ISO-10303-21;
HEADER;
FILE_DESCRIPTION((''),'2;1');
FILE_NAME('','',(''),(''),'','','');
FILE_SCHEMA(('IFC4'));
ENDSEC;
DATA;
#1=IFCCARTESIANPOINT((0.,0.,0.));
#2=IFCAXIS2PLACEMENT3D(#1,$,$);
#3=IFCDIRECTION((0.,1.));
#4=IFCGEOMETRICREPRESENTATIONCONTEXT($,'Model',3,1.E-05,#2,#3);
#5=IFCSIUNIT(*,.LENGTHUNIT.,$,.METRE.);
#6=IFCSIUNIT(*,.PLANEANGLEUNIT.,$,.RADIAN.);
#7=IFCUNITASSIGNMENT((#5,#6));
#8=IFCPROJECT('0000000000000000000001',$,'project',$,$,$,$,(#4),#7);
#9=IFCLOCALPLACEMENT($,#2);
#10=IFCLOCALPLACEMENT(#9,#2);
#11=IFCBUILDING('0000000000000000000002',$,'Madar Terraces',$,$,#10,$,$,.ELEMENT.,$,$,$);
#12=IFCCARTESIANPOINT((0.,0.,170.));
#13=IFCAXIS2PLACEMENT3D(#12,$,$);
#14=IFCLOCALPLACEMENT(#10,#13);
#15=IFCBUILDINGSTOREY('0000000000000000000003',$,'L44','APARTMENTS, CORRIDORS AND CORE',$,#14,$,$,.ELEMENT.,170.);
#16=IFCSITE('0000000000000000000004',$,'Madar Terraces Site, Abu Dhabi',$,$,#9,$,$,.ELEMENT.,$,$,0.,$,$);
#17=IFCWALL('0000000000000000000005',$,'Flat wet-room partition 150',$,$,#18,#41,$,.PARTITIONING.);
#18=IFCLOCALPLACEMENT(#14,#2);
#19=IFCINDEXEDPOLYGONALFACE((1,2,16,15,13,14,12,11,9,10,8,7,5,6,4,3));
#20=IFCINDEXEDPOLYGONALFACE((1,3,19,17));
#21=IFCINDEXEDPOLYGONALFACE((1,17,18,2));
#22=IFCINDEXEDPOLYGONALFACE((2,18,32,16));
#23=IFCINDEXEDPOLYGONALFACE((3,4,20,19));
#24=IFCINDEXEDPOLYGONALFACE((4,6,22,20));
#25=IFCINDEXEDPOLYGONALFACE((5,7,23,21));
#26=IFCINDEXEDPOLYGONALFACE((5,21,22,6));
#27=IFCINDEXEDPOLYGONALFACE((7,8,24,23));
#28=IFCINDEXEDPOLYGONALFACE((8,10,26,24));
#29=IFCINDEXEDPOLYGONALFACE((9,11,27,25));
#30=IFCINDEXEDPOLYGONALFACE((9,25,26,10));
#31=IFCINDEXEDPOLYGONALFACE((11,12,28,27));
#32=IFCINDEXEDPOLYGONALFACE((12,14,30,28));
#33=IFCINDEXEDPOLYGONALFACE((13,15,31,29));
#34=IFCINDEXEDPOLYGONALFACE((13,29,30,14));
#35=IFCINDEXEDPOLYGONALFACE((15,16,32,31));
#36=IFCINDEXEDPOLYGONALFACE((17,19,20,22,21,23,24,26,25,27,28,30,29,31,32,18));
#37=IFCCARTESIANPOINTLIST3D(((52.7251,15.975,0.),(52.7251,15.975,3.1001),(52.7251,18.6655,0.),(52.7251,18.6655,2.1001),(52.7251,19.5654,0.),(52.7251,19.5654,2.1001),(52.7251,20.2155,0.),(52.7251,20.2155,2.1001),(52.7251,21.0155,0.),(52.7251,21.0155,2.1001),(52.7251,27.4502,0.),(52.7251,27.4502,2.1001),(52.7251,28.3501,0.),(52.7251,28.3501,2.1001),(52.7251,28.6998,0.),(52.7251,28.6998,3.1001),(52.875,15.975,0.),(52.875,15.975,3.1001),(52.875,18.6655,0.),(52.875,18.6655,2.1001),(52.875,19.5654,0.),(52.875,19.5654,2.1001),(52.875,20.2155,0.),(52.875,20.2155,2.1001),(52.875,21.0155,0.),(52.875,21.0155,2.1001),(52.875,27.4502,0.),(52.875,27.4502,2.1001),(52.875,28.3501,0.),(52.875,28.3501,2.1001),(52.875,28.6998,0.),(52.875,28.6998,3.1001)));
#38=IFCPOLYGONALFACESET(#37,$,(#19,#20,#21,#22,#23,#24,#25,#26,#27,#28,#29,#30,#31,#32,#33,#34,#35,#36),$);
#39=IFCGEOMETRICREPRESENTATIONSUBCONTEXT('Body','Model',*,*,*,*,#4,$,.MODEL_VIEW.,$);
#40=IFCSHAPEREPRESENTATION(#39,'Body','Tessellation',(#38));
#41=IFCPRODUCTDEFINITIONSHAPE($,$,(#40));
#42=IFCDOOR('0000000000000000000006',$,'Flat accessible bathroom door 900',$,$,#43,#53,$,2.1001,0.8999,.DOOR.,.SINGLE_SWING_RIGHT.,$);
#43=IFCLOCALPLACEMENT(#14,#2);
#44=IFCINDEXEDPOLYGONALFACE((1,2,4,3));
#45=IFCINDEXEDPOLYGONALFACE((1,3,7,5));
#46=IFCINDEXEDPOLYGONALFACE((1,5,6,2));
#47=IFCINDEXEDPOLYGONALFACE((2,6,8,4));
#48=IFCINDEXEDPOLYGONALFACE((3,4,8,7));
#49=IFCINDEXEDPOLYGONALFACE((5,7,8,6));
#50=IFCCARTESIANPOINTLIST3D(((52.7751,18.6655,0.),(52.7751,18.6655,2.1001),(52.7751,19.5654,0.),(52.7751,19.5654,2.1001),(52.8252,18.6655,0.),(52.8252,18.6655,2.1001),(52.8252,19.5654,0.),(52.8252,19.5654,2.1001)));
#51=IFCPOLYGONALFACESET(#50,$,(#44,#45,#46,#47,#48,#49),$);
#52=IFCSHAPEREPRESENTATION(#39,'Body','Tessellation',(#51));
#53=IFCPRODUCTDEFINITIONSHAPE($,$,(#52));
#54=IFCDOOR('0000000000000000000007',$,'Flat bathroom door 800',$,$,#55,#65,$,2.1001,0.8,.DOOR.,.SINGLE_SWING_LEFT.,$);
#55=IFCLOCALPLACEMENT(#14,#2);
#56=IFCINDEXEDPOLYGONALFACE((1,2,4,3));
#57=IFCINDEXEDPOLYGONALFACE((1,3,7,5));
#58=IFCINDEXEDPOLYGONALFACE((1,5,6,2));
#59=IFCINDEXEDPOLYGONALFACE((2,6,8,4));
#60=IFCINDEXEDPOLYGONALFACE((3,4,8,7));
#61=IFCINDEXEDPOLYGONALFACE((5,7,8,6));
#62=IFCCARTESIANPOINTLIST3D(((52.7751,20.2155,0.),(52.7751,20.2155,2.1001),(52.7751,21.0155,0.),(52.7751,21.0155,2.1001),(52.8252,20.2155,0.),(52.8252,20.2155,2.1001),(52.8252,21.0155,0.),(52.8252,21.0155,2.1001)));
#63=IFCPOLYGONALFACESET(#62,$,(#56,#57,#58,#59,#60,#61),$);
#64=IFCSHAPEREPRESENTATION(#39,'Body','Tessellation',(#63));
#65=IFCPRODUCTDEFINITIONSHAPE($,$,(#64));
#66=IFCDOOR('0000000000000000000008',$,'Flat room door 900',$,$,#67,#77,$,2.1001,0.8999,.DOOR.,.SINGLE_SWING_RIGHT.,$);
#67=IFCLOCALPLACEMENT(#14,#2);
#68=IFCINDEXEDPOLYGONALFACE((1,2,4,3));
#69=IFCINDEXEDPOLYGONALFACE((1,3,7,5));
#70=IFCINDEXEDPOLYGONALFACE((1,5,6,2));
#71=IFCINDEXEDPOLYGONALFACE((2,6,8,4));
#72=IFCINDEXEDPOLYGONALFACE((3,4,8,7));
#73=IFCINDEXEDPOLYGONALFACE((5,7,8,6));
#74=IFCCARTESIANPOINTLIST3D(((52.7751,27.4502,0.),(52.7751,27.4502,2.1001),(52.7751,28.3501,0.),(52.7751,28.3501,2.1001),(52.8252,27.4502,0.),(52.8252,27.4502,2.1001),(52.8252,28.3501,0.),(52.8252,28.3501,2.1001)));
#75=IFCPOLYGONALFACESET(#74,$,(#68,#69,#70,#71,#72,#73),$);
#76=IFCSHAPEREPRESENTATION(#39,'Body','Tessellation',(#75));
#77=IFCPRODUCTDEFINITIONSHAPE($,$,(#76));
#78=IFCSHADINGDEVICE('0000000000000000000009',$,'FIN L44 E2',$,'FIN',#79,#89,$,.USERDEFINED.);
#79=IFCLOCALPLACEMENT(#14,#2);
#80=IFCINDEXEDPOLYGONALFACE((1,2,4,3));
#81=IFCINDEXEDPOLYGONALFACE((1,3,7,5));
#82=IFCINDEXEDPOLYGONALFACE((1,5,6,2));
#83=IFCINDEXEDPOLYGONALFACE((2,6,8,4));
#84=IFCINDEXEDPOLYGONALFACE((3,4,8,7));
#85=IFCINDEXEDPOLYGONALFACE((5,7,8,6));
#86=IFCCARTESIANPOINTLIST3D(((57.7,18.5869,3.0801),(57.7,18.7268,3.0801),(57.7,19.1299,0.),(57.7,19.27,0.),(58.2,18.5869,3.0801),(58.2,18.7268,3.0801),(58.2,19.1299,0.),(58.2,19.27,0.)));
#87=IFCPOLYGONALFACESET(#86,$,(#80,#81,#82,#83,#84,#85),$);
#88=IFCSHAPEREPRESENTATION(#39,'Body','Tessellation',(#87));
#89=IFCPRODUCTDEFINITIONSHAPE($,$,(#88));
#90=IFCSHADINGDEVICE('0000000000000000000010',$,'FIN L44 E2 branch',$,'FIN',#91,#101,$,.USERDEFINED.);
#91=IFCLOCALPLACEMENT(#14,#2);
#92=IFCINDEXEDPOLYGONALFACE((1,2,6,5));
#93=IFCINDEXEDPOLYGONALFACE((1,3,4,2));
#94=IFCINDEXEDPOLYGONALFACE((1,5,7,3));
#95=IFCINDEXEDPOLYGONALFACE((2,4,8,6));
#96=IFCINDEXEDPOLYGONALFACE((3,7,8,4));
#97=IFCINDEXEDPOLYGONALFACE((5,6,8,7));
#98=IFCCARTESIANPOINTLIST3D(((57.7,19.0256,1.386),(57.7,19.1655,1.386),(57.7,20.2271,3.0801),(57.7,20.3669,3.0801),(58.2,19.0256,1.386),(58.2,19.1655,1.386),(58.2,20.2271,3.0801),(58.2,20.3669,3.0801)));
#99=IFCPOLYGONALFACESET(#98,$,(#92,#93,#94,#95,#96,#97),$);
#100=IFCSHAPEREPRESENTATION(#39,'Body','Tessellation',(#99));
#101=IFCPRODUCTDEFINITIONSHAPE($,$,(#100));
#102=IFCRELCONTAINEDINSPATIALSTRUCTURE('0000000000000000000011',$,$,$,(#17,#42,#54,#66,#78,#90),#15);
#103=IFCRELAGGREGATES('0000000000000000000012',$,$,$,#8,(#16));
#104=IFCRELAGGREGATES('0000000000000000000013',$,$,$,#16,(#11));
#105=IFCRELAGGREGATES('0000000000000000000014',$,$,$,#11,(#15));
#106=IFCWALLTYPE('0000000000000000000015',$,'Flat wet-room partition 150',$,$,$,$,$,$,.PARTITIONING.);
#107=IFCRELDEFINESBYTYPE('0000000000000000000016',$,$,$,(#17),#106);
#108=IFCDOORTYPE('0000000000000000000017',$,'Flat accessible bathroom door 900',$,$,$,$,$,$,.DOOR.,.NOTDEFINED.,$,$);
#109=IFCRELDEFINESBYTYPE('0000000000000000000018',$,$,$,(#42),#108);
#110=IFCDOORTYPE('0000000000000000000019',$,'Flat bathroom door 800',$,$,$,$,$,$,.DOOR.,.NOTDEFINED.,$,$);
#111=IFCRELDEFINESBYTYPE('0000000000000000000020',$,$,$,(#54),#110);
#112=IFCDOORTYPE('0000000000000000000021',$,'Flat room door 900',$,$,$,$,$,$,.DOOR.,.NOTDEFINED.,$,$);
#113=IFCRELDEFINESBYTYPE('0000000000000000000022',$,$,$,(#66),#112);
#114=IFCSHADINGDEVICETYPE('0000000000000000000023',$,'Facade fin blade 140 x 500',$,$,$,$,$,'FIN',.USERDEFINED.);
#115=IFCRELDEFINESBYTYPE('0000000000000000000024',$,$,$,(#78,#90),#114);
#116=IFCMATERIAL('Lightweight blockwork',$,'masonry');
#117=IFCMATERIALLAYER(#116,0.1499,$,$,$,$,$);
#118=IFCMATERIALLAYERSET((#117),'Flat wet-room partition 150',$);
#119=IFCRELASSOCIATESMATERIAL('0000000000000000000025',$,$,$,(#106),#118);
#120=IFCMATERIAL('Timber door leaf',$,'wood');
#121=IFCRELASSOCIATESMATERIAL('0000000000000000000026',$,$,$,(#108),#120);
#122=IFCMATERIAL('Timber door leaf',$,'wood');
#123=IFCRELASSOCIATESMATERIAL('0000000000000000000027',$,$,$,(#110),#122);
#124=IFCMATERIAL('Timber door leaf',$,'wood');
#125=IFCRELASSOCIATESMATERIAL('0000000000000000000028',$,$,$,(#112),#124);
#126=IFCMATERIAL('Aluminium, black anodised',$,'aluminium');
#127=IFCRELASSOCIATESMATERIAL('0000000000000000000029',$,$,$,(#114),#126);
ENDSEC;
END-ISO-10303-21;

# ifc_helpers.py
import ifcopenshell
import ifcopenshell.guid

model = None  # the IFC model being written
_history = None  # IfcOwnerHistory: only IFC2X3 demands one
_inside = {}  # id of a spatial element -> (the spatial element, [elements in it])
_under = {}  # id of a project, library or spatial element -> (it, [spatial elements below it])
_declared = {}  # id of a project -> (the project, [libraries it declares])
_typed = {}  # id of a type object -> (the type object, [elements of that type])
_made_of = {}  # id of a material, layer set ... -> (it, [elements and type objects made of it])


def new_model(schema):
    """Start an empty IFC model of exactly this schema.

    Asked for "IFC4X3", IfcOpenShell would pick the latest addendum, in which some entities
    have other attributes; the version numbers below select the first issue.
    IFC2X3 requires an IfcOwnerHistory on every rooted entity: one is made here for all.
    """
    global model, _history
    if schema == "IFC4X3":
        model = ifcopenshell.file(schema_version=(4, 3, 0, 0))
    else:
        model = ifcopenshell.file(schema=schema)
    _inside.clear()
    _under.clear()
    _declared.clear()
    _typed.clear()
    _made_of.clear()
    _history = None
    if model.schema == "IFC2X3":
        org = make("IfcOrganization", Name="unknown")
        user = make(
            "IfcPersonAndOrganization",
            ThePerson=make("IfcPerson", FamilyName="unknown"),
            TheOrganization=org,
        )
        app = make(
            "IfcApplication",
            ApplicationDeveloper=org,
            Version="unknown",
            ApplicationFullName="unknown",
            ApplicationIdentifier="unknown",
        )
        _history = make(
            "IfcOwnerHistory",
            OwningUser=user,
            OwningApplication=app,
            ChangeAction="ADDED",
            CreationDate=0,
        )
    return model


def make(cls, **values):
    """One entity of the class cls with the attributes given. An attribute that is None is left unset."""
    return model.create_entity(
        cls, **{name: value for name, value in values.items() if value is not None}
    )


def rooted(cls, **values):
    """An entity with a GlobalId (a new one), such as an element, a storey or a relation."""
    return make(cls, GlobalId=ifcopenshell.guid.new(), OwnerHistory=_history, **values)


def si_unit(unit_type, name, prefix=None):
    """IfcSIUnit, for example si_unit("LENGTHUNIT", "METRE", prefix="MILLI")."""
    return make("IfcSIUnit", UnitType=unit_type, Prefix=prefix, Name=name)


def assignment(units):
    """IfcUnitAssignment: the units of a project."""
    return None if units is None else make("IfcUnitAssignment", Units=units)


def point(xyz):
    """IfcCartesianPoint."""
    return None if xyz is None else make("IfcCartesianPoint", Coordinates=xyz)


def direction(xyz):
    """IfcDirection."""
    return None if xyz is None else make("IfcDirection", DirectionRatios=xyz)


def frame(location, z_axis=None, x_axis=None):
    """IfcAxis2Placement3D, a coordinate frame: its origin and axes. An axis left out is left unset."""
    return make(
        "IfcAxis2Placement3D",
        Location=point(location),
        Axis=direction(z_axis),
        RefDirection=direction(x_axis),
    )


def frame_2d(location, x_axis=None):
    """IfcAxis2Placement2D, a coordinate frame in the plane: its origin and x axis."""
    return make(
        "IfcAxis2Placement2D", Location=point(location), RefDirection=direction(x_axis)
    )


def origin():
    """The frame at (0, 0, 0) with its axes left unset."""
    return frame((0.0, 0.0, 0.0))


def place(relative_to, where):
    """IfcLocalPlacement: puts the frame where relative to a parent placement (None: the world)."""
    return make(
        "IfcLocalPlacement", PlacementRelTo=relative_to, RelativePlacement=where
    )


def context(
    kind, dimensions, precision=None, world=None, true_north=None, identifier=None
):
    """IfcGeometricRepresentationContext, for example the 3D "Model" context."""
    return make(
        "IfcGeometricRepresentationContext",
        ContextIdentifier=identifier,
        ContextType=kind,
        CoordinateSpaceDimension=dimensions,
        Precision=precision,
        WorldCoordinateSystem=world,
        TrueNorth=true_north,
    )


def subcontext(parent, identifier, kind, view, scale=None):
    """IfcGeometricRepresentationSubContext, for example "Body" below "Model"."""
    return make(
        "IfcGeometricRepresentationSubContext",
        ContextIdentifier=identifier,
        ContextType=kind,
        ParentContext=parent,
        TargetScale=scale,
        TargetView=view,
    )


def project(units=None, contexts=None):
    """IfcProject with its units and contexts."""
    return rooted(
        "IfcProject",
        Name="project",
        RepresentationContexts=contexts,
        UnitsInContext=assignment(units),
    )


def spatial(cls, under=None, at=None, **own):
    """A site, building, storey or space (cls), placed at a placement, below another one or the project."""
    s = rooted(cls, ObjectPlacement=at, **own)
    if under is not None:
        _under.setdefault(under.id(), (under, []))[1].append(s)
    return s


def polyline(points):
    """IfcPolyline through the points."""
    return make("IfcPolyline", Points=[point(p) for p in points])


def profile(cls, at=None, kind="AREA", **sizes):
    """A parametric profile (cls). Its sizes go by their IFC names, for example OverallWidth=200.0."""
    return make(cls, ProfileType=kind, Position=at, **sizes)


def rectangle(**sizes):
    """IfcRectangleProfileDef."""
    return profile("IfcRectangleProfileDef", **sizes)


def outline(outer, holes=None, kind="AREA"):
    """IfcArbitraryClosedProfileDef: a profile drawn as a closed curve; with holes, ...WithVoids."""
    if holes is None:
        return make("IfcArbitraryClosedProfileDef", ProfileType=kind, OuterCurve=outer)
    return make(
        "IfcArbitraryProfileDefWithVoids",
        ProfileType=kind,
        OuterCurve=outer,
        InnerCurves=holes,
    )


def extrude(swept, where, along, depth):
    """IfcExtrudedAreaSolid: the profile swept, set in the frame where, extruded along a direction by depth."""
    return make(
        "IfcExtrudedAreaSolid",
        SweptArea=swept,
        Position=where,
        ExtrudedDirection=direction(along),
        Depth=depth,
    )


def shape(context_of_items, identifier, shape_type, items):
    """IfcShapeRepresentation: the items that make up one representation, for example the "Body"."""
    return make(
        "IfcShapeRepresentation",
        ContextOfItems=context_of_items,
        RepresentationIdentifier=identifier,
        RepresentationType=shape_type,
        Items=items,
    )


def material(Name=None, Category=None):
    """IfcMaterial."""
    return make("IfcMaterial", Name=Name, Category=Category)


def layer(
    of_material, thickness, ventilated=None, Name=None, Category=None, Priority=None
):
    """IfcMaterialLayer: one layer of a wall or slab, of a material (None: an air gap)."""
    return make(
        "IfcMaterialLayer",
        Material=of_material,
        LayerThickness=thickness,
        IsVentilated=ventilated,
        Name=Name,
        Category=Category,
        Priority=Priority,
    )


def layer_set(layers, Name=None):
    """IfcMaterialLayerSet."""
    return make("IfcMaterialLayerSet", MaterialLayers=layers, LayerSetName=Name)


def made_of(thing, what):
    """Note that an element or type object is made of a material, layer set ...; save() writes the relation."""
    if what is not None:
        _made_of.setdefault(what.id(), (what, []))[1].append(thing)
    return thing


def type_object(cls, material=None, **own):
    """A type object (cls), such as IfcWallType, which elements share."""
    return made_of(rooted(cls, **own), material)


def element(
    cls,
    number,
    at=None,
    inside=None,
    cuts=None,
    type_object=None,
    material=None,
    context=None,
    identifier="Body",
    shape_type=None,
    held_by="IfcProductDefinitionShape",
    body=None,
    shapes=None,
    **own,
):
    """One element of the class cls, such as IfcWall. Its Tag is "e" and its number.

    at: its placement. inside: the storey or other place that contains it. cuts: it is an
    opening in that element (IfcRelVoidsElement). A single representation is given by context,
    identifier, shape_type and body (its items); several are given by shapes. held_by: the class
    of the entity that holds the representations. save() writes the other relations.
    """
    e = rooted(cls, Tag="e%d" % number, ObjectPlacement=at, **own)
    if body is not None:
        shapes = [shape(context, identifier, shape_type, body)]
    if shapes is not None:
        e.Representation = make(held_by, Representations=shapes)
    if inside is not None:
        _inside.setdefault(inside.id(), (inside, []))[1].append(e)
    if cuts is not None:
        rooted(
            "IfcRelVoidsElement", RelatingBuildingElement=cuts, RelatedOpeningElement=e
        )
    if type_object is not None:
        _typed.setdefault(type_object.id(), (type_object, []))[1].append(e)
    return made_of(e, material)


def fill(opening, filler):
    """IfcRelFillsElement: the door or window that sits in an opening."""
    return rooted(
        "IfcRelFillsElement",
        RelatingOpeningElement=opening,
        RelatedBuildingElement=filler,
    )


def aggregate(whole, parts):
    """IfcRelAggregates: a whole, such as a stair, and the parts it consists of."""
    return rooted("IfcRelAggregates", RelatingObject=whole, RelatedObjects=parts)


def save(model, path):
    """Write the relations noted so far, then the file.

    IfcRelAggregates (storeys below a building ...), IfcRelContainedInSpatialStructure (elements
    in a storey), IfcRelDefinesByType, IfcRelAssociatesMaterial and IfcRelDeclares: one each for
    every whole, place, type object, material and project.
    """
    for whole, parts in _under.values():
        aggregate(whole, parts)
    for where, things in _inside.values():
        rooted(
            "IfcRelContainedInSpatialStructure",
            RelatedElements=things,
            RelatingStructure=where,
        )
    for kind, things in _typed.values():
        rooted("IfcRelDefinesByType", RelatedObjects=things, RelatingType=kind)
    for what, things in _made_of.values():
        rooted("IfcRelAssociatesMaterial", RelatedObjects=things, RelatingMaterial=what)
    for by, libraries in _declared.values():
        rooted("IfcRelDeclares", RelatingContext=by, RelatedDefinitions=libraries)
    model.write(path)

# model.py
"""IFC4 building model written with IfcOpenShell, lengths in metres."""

from ifc_helpers import new_model, si_unit, direction, frame, frame_2d, origin, place, context, subcontext, project, spatial, polyline, rectangle, outline, extrude, material, layer, layer_set, type_object, element, fill, save


model = new_model("IFC4")

# Units and contexts
model_context = context("Model", 3, precision=1e-05, world=origin(), true_north=direction((0.0, 1.0)))
body_context = subcontext(model_context, "Body", "Model", "MODEL_VIEW")
ifc_project = project(units=[si_unit("LENGTHUNIT", "METRE"), si_unit("PLANEANGLEUNIT", "RADIAN")], contexts=[model_context])

# Site, building, storey
site_placement = place(None, origin())
site = spatial("IfcSite", under=ifc_project, at=site_placement, Name="Madar Terraces Site, Abu Dhabi", CompositionType="ELEMENT", RefElevation=0.0)
building_placement = place(site_placement, origin())
building = spatial("IfcBuilding", under=site, at=building_placement, Name="Madar Terraces", CompositionType="ELEMENT")
storey_placement = place(building_placement, frame((0.0, 0.0, 170.0)))
storey = spatial("IfcBuildingStorey", under=building, at=storey_placement, Name="L44", Description="APARTMENTS, CORRIDORS AND CORE", CompositionType="ELEMENT", Elevation=170.0)

# Shared definitions
ifc_material_1 = material(Name="Lightweight blockwork", Category="masonry")
ifc_layer_1 = layer(ifc_material_1, 0.1499)
ifc_layer_set_1 = layer_set([ifc_layer_1], Name="Flat wet-room partition 150")
wall_type_1 = type_object("IfcWallType", Name="Flat wet-room partition 150", PredefinedType="PARTITIONING", material=ifc_layer_set_1)

# Wall, openings, doors
wall_1_placement = place(storey_placement, frame((52.8, 15.9751, 0.0), z_axis=(0.0, 0.0, 1.0), x_axis=(0.0, 1.0, 0.0)))
wall_1 = element("IfcWall", 1, at=wall_1_placement, inside=storey, type_object=wall_type_1, Name="Flat wet-room partition 150", PredefinedType="PARTITIONING", context=body_context, shape_type="SweptSolid", body=[
    extrude(rectangle(XDim=12.7249, YDim=0.1499, at=frame_2d((6.3623, 0.0))), origin(), (0.0, 0.0, 1.0), 3.1001),
])
opening_1_placement = place(wall_1_placement, frame((2.6904, 0.0, 0.0)))
opening_1 = element("IfcOpeningElement", 2, at=opening_1_placement, cuts=wall_1, PredefinedType="OPENING", context=body_context, shape_type="SweptSolid", body=[
    extrude(rectangle(XDim=0.8999, YDim=2.1001, at=frame_2d((0.45, 1.05))), frame((0.0, 0.085, 0.0), z_axis=(0.0, -1.0, 0.0), x_axis=(1.0, 0.0, 0.0)), (0.0, 0.0, 1.0), 0.1699),
])
opening_2_placement = place(wall_1_placement, frame((4.2405, 0.0, 0.0)))
opening_2 = element("IfcOpeningElement", 3, at=opening_2_placement, cuts=wall_1, PredefinedType="OPENING", context=body_context, shape_type="SweptSolid", body=[
    extrude(rectangle(XDim=0.8, YDim=2.1001, at=frame_2d((0.3999, 1.05))), frame((0.0, 0.085, 0.0), z_axis=(0.0, -1.0, 0.0), x_axis=(1.0, 0.0, 0.0)), (0.0, 0.0, 1.0), 0.1699),
])
opening_3_placement = place(wall_1_placement, frame((11.4751, 0.0, 0.0)))
opening_3 = element("IfcOpeningElement", 4, at=opening_3_placement, cuts=wall_1, PredefinedType="OPENING", context=body_context, shape_type="SweptSolid", body=[
    extrude(rectangle(XDim=0.8999, YDim=2.1001, at=frame_2d((0.45, 1.05))), frame((0.0, 0.085, 0.0), z_axis=(0.0, -1.0, 0.0), x_axis=(1.0, 0.0, 0.0)), (0.0, 0.0, 1.0), 0.1699),
])
ifc_material_2 = material(Name="Timber door leaf", Category="wood")
door_type_1 = type_object("IfcDoorType", Name="Flat accessible bathroom door 900", OperationType="NOTDEFINED", PredefinedType="DOOR", material=ifc_material_2)
door_1_placement = place(opening_1_placement, origin())
door_1 = element("IfcDoor", 5, at=door_1_placement, inside=storey, type_object=door_type_1, Name="Flat accessible bathroom door 900", OperationType="SINGLE_SWING_RIGHT", OverallHeight=2.1001, OverallWidth=0.8999, PredefinedType="DOOR", context=body_context, shape_type="SweptSolid", body=[
    extrude(rectangle(XDim=0.8999, YDim=2.1001, at=frame_2d((0.45, 1.05))), frame((0.0, 0.0249, 0.0), z_axis=(0.0, -1.0, 0.0), x_axis=(1.0, 0.0, 0.0)), (0.0, 0.0, 1.0), 0.05),
])
fill(opening_1, door_1)
ifc_material_3 = material(Name="Timber door leaf", Category="wood")
door_type_2 = type_object("IfcDoorType", Name="Flat bathroom door 800", OperationType="NOTDEFINED", PredefinedType="DOOR", material=ifc_material_3)
door_2_placement = place(opening_2_placement, origin())
door_2 = element("IfcDoor", 6, at=door_2_placement, inside=storey, type_object=door_type_2, Name="Flat bathroom door 800", OperationType="SINGLE_SWING_LEFT", OverallHeight=2.1001, OverallWidth=0.8, PredefinedType="DOOR", context=body_context, shape_type="SweptSolid", body=[
    extrude(rectangle(XDim=0.8, YDim=2.1001, at=frame_2d((0.3999, 1.05))), frame((0.0, 0.0249, 0.0), z_axis=(0.0, -1.0, 0.0), x_axis=(1.0, 0.0, 0.0)), (0.0, 0.0, 1.0), 0.05),
])
fill(opening_2, door_2)
ifc_material_4 = material(Name="Timber door leaf", Category="wood")
door_type_3 = type_object("IfcDoorType", Name="Flat room door 900", OperationType="NOTDEFINED", PredefinedType="DOOR", material=ifc_material_4)
door_3_placement = place(opening_3_placement, origin())
door_3 = element("IfcDoor", 7, at=door_3_placement, inside=storey, type_object=door_type_3, Name="Flat room door 900", OperationType="SINGLE_SWING_RIGHT", OverallHeight=2.1001, OverallWidth=0.8999, PredefinedType="DOOR", context=body_context, shape_type="SweptSolid", body=[
    extrude(rectangle(XDim=0.8999, YDim=2.1001, at=frame_2d((0.45, 1.05))), frame((0.0, 0.0249, 0.0), z_axis=(0.0, -1.0, 0.0), x_axis=(1.0, 0.0, 0.0)), (0.0, 0.0, 1.0), 0.05),
])
fill(opening_3, door_3)

# Shading devices
ifc_material_5 = material(Name="Aluminium, black anodised", Category="aluminium")
shading_device_type = type_object("IfcShadingDeviceType", Name="Facade fin blade 140 x 500", ElementType="FIN", PredefinedType="USERDEFINED", material=ifc_material_5)
shading_device_1_placement = place(storey_placement, frame((57.95, 19.1299, 0.0), z_axis=(0.0, 0.0, 1.0), x_axis=(0.0, 1.0, 0.0)))
element("IfcShadingDevice", 8, at=shading_device_1_placement, inside=storey, type_object=shading_device_type, Name="FIN L44 E2", ObjectType="FIN", PredefinedType="USERDEFINED", context=body_context, shape_type="SweptSolid", body=[
    extrude(outline(polyline([(0.0, 0.0), (0.1401, 0.0), (-0.4031, 3.0801), (-0.543, 3.0801), (0.0, 0.0)])), frame((0.0, 0.25, 0.0), z_axis=(0.0, -1.0, 0.0), x_axis=(1.0, 0.0, 0.0)), (0.0, 0.0, 1.0), 0.5),
])
shading_device_2_placement = place(storey_placement, frame((57.95, 19.0256, 1.386), z_axis=(0.0, 0.0, 1.0), x_axis=(0.0, 1.0, 0.0)))
element("IfcShadingDevice", 9, at=shading_device_2_placement, inside=storey, type_object=shading_device_type, Name="FIN L44 E2 branch", ObjectType="FIN", PredefinedType="USERDEFINED", context=body_context, shape_type="SweptSolid", body=[
    extrude(outline(polyline([(0.0, 0.0), (0.1399, 0.0), (1.3413, 1.6941), (1.2014, 1.6941), (0.0, 0.0)])), frame((0.0, 0.25, 0.0), z_axis=(0.0, -1.0, 0.0), x_axis=(1.0, 0.0, 0.0)), (0.0, 0.0, 1.0), 0.5),
])

save(model, "model.ifc")
